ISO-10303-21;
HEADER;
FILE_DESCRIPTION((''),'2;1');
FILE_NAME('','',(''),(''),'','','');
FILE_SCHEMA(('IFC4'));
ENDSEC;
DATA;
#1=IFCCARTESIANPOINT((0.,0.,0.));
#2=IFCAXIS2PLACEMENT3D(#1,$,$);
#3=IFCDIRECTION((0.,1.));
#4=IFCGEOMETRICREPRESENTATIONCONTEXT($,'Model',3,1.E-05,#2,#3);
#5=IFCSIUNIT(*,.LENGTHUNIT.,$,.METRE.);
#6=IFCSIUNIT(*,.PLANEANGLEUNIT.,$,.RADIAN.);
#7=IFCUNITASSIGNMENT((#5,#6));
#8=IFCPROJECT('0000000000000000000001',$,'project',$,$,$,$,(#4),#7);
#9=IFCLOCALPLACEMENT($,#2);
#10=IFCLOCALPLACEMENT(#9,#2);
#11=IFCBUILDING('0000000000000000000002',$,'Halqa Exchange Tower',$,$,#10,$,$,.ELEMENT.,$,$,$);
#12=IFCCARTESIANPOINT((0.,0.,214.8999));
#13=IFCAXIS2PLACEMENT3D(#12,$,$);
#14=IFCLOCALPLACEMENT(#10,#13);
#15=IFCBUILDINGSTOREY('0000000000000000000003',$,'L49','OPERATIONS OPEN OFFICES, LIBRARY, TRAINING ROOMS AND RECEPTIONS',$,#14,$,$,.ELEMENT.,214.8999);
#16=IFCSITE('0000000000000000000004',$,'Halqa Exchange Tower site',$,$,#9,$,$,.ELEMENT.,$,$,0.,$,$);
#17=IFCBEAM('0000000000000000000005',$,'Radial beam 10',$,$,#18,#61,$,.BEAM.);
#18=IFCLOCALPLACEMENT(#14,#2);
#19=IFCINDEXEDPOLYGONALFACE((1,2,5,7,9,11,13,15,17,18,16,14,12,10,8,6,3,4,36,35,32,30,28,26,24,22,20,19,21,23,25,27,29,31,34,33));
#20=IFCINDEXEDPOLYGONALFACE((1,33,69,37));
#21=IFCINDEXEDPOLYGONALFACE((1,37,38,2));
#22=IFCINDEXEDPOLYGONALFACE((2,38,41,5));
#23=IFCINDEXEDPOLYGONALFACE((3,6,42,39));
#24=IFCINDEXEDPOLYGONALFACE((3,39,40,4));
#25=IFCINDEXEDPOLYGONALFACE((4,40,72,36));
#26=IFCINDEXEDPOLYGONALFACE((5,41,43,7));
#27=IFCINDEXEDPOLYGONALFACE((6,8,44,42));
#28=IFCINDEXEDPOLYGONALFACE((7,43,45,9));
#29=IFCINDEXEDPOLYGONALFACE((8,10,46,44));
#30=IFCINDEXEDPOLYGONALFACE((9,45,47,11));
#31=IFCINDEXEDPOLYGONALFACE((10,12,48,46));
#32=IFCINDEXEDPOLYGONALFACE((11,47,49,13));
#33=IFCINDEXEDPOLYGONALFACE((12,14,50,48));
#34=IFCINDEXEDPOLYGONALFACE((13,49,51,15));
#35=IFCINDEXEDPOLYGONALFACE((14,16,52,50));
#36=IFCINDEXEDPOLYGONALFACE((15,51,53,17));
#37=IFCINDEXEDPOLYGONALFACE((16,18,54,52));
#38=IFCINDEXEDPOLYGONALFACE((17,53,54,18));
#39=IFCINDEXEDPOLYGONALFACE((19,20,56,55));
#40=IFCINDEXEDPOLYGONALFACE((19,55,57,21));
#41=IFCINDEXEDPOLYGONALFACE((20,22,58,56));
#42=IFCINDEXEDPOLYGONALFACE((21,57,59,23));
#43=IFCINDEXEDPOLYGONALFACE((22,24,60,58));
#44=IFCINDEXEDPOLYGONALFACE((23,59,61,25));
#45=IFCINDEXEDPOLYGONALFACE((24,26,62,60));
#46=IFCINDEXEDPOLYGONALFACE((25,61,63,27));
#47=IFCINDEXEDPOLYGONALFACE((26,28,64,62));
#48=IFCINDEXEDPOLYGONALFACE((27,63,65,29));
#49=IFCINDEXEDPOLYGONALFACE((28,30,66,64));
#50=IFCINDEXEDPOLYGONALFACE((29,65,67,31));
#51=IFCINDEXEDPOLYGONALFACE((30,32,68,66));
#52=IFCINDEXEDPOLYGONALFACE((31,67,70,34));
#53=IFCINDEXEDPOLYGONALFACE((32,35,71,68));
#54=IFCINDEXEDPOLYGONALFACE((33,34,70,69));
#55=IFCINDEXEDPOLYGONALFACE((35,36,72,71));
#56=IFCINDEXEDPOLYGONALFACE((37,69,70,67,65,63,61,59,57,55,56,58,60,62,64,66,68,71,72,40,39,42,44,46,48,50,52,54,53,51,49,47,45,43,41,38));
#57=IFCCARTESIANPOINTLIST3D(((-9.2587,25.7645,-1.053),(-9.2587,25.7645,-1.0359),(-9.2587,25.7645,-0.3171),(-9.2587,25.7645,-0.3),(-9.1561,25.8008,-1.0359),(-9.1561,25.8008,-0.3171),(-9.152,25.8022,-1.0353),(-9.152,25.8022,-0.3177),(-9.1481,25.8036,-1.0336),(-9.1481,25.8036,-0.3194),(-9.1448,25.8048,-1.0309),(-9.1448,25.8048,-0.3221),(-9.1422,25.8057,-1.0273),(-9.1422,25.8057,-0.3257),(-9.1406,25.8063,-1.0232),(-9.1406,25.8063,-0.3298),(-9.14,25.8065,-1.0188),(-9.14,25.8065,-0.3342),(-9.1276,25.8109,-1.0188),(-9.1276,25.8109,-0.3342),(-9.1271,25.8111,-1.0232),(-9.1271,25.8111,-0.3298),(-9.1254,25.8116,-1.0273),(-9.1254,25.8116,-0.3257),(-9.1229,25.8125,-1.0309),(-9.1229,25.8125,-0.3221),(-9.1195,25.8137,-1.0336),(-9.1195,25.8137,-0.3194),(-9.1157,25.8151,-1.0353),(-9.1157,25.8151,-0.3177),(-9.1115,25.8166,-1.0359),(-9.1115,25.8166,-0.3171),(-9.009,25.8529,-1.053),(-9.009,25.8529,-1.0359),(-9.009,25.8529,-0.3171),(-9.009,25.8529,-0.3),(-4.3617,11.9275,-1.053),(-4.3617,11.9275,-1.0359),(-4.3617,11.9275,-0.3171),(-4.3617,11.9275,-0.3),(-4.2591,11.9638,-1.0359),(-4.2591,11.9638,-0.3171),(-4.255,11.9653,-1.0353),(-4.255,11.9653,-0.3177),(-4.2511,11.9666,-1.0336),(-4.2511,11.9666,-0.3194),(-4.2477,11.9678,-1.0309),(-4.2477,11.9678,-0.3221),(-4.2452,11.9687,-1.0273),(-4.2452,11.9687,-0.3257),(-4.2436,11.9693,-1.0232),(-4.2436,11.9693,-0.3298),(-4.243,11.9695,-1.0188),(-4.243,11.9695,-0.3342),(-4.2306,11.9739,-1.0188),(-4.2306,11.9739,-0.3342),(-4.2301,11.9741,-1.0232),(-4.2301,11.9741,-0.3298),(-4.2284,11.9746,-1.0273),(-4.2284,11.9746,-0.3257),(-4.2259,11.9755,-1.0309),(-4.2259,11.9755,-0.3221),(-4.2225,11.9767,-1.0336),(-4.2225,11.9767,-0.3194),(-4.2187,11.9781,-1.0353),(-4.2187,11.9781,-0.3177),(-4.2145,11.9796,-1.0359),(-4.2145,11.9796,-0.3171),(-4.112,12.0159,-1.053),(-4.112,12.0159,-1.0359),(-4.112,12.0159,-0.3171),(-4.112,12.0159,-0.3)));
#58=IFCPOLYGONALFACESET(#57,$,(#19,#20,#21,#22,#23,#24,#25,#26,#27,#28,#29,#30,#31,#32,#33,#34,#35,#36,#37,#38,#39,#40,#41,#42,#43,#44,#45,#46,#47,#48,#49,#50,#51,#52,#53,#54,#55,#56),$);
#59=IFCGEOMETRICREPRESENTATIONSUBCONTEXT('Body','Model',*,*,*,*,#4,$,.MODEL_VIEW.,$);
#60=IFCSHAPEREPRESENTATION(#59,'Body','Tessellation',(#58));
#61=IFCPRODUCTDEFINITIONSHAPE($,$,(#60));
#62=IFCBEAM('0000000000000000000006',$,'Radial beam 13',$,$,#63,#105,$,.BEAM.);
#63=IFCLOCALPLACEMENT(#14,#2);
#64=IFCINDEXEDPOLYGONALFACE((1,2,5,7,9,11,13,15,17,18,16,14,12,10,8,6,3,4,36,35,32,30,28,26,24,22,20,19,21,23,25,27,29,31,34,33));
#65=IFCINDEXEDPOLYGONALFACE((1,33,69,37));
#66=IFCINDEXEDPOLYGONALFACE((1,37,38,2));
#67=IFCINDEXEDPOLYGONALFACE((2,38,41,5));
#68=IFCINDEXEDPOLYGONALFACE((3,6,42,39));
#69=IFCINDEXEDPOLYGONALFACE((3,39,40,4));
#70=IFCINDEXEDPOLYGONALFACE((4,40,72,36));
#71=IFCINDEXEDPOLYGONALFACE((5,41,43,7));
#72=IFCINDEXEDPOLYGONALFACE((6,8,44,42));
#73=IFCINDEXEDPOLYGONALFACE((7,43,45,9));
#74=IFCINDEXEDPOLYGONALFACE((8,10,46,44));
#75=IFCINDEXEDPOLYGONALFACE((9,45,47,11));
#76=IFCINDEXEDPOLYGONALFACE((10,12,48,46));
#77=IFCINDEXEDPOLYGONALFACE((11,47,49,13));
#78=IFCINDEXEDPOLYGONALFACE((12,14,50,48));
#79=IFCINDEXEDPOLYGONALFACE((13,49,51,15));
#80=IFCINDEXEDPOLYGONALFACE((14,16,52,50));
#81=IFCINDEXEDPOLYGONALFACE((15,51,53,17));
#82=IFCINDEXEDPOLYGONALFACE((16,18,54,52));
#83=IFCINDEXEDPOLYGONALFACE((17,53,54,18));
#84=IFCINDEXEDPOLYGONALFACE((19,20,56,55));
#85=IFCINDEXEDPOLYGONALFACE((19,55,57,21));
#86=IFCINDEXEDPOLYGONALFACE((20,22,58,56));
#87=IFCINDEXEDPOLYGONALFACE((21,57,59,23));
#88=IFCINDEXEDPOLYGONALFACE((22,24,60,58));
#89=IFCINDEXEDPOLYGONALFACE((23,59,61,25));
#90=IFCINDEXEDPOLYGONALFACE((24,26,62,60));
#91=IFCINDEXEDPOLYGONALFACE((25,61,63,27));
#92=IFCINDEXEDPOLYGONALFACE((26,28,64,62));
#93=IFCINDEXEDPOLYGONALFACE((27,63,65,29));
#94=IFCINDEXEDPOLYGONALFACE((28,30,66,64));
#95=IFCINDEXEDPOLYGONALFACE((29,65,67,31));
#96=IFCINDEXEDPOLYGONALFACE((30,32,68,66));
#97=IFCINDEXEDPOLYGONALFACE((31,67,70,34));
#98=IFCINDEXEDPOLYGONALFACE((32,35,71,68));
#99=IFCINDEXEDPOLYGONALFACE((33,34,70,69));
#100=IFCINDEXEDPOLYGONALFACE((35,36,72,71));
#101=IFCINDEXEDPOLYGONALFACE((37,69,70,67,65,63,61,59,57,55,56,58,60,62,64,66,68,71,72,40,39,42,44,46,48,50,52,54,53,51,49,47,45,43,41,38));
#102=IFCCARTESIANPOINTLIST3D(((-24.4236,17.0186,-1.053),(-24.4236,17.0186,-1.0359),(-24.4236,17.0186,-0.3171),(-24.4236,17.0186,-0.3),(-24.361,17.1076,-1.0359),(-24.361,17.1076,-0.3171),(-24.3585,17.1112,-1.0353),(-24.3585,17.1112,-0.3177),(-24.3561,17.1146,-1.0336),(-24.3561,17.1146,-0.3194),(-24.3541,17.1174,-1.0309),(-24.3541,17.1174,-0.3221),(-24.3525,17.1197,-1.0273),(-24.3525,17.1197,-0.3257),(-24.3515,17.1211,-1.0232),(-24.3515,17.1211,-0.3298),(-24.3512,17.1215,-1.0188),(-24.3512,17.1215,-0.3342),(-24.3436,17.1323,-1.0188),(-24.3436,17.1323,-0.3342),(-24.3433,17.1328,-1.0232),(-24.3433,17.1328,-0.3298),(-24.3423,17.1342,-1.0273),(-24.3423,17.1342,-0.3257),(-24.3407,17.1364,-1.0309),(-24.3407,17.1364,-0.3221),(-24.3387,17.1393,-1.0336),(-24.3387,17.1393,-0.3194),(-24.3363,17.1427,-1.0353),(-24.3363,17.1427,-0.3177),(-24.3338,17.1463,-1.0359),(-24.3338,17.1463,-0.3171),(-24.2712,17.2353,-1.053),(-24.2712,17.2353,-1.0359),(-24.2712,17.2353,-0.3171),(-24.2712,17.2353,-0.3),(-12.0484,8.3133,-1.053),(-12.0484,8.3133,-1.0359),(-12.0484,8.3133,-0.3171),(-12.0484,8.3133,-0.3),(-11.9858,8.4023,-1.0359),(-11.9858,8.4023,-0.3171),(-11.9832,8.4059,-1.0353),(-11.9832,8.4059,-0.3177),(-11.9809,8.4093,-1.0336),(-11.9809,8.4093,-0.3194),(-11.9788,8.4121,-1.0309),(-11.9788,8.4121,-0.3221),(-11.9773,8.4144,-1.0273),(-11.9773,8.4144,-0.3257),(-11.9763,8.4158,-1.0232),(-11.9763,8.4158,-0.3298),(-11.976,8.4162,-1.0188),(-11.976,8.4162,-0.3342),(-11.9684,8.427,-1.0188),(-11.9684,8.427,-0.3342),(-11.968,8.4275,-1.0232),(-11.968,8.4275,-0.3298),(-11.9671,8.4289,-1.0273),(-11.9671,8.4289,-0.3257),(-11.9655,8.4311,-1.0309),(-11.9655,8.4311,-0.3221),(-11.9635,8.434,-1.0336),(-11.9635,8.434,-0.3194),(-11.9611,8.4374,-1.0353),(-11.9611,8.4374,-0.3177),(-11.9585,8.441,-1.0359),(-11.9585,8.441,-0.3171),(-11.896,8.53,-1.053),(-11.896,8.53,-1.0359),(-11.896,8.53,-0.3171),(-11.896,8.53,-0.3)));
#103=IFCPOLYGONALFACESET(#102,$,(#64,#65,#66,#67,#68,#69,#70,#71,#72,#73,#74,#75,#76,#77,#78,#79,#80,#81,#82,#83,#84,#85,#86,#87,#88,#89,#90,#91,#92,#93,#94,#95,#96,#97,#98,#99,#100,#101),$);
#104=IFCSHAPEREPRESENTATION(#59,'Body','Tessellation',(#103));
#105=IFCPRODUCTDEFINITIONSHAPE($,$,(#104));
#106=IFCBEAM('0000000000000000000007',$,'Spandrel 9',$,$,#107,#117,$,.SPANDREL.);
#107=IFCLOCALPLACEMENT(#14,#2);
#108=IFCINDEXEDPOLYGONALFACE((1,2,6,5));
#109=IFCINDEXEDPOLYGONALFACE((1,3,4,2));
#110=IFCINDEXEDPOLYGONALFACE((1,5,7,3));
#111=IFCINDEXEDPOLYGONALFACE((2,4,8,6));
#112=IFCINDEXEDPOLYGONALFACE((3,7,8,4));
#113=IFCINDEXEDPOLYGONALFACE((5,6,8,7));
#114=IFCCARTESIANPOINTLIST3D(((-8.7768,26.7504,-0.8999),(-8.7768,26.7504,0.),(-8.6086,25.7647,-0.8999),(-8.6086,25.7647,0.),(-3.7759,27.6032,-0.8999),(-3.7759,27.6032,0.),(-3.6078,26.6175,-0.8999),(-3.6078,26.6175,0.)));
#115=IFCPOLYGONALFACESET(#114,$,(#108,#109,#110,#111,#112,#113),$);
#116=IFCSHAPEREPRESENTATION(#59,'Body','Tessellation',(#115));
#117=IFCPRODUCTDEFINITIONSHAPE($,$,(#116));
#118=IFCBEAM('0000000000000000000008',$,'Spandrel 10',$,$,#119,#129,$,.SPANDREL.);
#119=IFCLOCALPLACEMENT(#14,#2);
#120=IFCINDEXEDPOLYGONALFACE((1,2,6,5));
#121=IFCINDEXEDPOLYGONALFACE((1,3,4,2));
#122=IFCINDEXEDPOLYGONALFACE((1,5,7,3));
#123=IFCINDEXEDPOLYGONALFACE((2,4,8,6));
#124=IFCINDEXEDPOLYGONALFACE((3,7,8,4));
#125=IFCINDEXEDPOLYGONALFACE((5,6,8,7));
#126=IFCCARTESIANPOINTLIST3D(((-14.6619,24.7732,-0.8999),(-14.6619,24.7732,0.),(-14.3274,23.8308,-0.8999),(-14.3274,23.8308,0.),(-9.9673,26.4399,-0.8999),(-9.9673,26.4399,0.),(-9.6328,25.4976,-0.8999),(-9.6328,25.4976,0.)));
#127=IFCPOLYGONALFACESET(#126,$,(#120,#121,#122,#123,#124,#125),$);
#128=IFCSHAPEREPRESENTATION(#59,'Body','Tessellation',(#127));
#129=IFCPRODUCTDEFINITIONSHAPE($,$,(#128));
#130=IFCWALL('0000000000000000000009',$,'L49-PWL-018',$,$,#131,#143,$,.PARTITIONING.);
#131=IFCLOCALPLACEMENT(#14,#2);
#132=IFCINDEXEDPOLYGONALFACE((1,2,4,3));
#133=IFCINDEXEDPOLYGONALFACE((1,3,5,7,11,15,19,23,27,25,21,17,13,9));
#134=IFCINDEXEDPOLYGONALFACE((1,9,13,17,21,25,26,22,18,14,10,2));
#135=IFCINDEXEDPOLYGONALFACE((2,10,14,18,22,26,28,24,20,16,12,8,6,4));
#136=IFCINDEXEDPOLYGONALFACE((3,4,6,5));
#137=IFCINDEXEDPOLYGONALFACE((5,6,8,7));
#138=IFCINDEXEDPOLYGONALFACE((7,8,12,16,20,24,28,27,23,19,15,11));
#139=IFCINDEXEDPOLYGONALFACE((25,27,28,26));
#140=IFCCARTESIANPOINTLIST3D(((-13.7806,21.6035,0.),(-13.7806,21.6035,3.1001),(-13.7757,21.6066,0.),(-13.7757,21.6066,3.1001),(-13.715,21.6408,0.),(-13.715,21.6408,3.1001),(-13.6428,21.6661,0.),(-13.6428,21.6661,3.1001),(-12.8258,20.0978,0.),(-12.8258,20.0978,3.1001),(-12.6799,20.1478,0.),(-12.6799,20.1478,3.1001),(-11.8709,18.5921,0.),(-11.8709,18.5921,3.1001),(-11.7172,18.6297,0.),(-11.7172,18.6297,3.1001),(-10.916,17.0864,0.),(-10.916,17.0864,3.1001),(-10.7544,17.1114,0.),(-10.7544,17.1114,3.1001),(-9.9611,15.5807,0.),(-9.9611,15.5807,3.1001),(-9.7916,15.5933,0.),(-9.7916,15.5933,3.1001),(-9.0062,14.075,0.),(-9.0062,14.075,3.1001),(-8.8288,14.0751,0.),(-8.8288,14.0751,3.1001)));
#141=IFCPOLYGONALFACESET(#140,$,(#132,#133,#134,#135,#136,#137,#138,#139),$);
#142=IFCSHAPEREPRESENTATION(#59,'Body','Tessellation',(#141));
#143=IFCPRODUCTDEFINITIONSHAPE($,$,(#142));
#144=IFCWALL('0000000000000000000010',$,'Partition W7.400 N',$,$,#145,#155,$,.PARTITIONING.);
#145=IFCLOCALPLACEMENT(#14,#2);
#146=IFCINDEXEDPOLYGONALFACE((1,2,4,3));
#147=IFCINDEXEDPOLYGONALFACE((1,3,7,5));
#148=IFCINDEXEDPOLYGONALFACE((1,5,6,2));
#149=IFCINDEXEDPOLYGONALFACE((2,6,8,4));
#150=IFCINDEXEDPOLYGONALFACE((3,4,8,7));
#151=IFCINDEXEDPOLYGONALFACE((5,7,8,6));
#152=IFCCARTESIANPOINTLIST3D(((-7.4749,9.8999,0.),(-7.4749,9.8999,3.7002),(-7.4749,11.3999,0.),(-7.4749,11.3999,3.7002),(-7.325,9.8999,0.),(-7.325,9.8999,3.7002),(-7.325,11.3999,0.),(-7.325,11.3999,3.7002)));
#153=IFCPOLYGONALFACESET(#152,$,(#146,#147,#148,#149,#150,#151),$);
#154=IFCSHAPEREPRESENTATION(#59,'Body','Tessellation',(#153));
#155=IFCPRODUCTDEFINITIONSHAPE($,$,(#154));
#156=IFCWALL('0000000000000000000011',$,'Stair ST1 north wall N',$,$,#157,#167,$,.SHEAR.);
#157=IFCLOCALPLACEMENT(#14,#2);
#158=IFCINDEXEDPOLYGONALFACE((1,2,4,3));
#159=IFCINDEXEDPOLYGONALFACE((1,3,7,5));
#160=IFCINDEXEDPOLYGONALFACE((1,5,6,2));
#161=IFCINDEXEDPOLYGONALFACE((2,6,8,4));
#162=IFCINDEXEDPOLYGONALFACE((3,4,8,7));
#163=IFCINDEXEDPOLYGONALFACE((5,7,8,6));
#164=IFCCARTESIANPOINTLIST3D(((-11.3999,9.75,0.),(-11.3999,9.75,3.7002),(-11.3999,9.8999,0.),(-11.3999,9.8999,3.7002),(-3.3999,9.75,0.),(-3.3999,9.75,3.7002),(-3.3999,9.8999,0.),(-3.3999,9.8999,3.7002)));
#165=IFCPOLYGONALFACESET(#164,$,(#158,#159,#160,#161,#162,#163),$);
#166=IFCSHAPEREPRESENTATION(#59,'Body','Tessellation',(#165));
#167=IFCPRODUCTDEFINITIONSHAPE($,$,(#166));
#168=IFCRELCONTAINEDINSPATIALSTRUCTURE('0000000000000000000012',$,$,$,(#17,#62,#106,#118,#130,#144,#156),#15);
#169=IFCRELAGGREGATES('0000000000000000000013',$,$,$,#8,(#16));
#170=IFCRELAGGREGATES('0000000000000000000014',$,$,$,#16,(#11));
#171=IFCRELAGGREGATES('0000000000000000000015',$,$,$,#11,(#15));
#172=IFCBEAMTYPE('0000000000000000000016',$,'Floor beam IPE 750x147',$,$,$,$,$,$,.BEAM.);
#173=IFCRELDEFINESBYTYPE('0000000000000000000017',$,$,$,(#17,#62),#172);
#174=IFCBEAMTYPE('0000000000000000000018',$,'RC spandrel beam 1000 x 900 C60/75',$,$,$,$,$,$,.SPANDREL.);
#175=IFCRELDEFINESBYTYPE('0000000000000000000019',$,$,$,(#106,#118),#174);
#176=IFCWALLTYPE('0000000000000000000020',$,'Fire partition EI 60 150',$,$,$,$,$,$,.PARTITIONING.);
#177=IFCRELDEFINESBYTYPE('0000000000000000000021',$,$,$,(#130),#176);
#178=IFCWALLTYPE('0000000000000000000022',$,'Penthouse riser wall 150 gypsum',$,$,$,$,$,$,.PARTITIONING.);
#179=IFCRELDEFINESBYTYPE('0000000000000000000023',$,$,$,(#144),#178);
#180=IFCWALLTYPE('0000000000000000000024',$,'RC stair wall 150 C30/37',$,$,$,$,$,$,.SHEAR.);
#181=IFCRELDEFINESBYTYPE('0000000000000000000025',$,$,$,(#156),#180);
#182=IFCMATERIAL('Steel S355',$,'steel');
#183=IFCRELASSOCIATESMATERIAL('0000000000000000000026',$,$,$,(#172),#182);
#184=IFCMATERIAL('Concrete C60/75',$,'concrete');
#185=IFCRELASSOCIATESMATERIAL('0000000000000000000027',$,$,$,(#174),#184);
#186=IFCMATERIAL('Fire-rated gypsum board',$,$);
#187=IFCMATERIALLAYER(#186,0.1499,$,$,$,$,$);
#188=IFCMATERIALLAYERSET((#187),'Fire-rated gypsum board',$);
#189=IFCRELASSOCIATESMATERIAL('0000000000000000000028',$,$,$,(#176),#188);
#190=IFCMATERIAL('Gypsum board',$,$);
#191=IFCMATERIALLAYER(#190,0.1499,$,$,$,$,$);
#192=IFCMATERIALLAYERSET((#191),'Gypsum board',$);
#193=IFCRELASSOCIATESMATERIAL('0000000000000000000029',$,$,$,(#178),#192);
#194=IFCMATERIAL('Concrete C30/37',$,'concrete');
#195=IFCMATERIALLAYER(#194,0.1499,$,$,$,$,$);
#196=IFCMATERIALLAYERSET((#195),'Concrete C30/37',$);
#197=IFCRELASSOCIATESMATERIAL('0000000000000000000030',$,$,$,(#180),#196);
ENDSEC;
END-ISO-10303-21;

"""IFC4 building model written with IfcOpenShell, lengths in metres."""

from ifc_helpers import new_model, si_unit, direction, frame, frame_2d, origin, origin_2d, place, context, subcontext, project, spatial, polyline, rectangle, i_section, outline, extrude, material, layer, layer_set, material_profile, profile_set, type_object, element, save


model = new_model("IFC4")

# Units and contexts
model_context = context("Model", 3, precision=1e-05, world=origin(), true_north=direction((0.0, 1.0)))
body_context = subcontext(model_context, "Body", "Model", "MODEL_VIEW")
ifc_project = project(units=[si_unit("LENGTHUNIT", "METRE"), si_unit("PLANEANGLEUNIT", "RADIAN")], contexts=[model_context])

# Site, building, storey
site_placement = place(None, origin())
site = spatial("IfcSite", under=ifc_project, at=site_placement, Name="Halqa Exchange Tower site", CompositionType="ELEMENT", RefElevation=0.0)
building_placement = place(site_placement, origin())
building = spatial("IfcBuilding", under=site, at=building_placement, Name="Halqa Exchange Tower", CompositionType="ELEMENT")
storey_placement = place(building_placement, frame((0.0, 0.0, 214.8999)))
storey = spatial("IfcBuildingStorey", under=building, at=storey_placement, Name="L49", Description="OPERATIONS OPEN OFFICES, LIBRARY, TRAINING ROOMS AND RECEPTIONS", CompositionType="ELEMENT", Elevation=214.8999)

# Shared definitions
ifc_material_1 = material(Name="Concrete C60/75", Category="concrete")

# Beams
ifc_material_2 = material(Name="Steel S355", Category="steel")
ifc_material_profile_1 = material_profile(ifc_material_2, i_section(OverallWidth=0.2649, OverallDepth=0.7529, WebThickness=0.0132, FlangeThickness=0.0171, FilletRadius=0.0171, at=origin_2d()), Name="IPE 750x147")
ifc_profile_set_1 = profile_set([ifc_material_profile_1], Name="Steel S355")
beam_type_1 = type_object("IfcBeamType", Name="Floor beam IPE 750x147", PredefinedType="BEAM", material=ifc_profile_set_1)
beam_1_placement = place(storey_placement, frame((-4.2368, 11.9717, -0.6765), z_axis=(-0.333629, 0.942704, 0.0), x_axis=(-0.942704, -0.333629, 0.0)))
element("IfcBeam", 1, at=beam_1_placement, inside=storey, type_object=beam_type_1, Name="Radial beam 10", PredefinedType="BEAM", context=body_context, shape_type="SweptSolid", body=[
    extrude(i_section(OverallWidth=0.2649, OverallDepth=0.7529, WebThickness=0.0132, FlangeThickness=0.0171, FilletRadius=0.0171, at=origin_2d()), origin(), (0.0, 0.0, 1.0), 14.678),
])
beam_2_placement = place(storey_placement, frame((-11.9722, 8.4216, -0.6765), z_axis=(-0.817905, 0.575353, 0.0), x_axis=(-0.575353, -0.817905, 0.0)))
element("IfcBeam", 2, at=beam_2_placement, inside=storey, type_object=beam_type_1, Name="Radial beam 13", PredefinedType="BEAM", context=body_context, shape_type="SweptSolid", body=[
    extrude(i_section(OverallWidth=0.2649, OverallDepth=0.7529, WebThickness=0.0132, FlangeThickness=0.0171, FilletRadius=0.0171, at=origin_2d()), origin(), (0.0, 0.0, 1.0), 15.1304),
])
ifc_material_profile_2 = material_profile(ifc_material_1, rectangle(XDim=1.0, YDim=0.8999, at=origin_2d()), Name="1000 x 900")
ifc_profile_set_2 = profile_set([ifc_material_profile_2], Name="Concrete C60/75")
beam_type_2 = type_object("IfcBeamType", Name="RC spandrel beam 1000 x 900 C60/75", PredefinedType="SPANDREL", material=ifc_profile_set_2)
beam_3_placement = place(storey_placement, frame((-3.6919, 27.1104, -0.45), z_axis=(-0.985769, -0.168105, 0.0), x_axis=(0.168105, -0.985769, 0.0)))
element("IfcBeam", 3, at=beam_3_placement, inside=storey, type_object=beam_type_2, Name="Spandrel 9", PredefinedType="SPANDREL", context=body_context, shape_type="SweptSolid", body=[
    extrude(rectangle(XDim=1.0, YDim=0.8999, at=origin_2d()), origin(), (0.0, 0.0, 1.0), 5.073),
])
beam_4_placement = place(storey_placement, frame((-9.8, 25.9688, -0.45), z_axis=(-0.942369, -0.334576, 0.0), x_axis=(0.334576, -0.942369, 0.0)))
element("IfcBeam", 4, at=beam_4_placement, inside=storey, type_object=beam_type_2, Name="Spandrel 10", PredefinedType="SPANDREL", context=body_context, shape_type="SweptSolid", body=[
    extrude(rectangle(XDim=1.0, YDim=0.8999, at=origin_2d()), origin(), (0.0, 0.0, 1.0), 4.9817),
])

# Walls
ifc_material_3 = material(Name="Fire-rated gypsum board")
ifc_layer_1 = layer(ifc_material_3, 0.1499)
ifc_layer_set_1 = layer_set([ifc_layer_1], Name="Fire-rated gypsum board")
wall_type_1 = type_object("IfcWallType", Name="Fire partition EI 60 150", PredefinedType="PARTITIONING", material=ifc_layer_set_1)
wall_1_placement = place(storey_placement, frame((-8.8921, 14.0349, 0.0), z_axis=(0.0, 0.0, 1.0), x_axis=(-0.535558, 0.844498, 0.0)))
element("IfcWall", 5, at=wall_1_placement, inside=storey, type_object=wall_type_1, Name="L49-PWL-018", PredefinedType="PARTITIONING", context=body_context, shape_type="SweptSolid", body=[
    extrude(outline(polyline([(0.0, -0.075), (1.7979, -0.075), (3.5955, -0.075), (5.3933, -0.075), (7.1909, -0.075), (8.9888, -0.075), (9.0061, -0.0005), (9.0098, 0.0691), (9.0098, 0.075), (7.2268, 0.075), (5.4438, 0.075), (3.6609, 0.075), (1.8779, 0.075), (0.095, 0.075), (0.0, -0.075), (0.0, -0.075)])), origin(), (0.0, 0.0, 1.0), 3.1001),
])
ifc_material_4 = material(Name="Gypsum board")
ifc_layer_2 = layer(ifc_material_4, 0.1499)
ifc_layer_set_2 = layer_set([ifc_layer_2], Name="Gypsum board")
wall_type_2 = type_object("IfcWallType", Name="Penthouse riser wall 150 gypsum", PredefinedType="PARTITIONING", material=ifc_layer_set_2)
wall_2_placement = place(storey_placement, frame((-7.3999, 9.8999, 0.0), z_axis=(0.0, 0.0, 1.0), x_axis=(0.0, 1.0, 0.0)))
element("IfcWall", 6, at=wall_2_placement, inside=storey, type_object=wall_type_2, Name="Partition W7.400 N", PredefinedType="PARTITIONING", context=body_context, shape_type="SweptSolid", body=[
    extrude(rectangle(XDim=1.5, YDim=0.1499, at=frame_2d((0.75, 0.0))), origin(), (0.0, 0.0, 1.0), 3.7002),
])
ifc_material_5 = material(Name="Concrete C30/37", Category="concrete")
ifc_layer_3 = layer(ifc_material_5, 0.1499)
ifc_layer_set_3 = layer_set([ifc_layer_3], Name="Concrete C30/37")
wall_type_3 = type_object("IfcWallType", Name="RC stair wall 150 C30/37", PredefinedType="SHEAR", material=ifc_layer_set_3)
wall_3_placement = place(storey_placement, frame((-11.3999, 9.825, 0.0), z_axis=(0.0, 0.0, 1.0), x_axis=(1.0, 0.0, 0.0)))
element("IfcWall", 7, at=wall_3_placement, inside=storey, type_object=wall_type_3, Name="Stair ST1 north wall N", PredefinedType="SHEAR", context=body_context, shape_type="SweptSolid", body=[
    extrude(rectangle(XDim=8.0, YDim=0.1499, at=frame_2d((4.0, 0.0))), origin(), (0.0, 0.0, 1.0), 3.7002),
])

save(model, "model.ifc")
